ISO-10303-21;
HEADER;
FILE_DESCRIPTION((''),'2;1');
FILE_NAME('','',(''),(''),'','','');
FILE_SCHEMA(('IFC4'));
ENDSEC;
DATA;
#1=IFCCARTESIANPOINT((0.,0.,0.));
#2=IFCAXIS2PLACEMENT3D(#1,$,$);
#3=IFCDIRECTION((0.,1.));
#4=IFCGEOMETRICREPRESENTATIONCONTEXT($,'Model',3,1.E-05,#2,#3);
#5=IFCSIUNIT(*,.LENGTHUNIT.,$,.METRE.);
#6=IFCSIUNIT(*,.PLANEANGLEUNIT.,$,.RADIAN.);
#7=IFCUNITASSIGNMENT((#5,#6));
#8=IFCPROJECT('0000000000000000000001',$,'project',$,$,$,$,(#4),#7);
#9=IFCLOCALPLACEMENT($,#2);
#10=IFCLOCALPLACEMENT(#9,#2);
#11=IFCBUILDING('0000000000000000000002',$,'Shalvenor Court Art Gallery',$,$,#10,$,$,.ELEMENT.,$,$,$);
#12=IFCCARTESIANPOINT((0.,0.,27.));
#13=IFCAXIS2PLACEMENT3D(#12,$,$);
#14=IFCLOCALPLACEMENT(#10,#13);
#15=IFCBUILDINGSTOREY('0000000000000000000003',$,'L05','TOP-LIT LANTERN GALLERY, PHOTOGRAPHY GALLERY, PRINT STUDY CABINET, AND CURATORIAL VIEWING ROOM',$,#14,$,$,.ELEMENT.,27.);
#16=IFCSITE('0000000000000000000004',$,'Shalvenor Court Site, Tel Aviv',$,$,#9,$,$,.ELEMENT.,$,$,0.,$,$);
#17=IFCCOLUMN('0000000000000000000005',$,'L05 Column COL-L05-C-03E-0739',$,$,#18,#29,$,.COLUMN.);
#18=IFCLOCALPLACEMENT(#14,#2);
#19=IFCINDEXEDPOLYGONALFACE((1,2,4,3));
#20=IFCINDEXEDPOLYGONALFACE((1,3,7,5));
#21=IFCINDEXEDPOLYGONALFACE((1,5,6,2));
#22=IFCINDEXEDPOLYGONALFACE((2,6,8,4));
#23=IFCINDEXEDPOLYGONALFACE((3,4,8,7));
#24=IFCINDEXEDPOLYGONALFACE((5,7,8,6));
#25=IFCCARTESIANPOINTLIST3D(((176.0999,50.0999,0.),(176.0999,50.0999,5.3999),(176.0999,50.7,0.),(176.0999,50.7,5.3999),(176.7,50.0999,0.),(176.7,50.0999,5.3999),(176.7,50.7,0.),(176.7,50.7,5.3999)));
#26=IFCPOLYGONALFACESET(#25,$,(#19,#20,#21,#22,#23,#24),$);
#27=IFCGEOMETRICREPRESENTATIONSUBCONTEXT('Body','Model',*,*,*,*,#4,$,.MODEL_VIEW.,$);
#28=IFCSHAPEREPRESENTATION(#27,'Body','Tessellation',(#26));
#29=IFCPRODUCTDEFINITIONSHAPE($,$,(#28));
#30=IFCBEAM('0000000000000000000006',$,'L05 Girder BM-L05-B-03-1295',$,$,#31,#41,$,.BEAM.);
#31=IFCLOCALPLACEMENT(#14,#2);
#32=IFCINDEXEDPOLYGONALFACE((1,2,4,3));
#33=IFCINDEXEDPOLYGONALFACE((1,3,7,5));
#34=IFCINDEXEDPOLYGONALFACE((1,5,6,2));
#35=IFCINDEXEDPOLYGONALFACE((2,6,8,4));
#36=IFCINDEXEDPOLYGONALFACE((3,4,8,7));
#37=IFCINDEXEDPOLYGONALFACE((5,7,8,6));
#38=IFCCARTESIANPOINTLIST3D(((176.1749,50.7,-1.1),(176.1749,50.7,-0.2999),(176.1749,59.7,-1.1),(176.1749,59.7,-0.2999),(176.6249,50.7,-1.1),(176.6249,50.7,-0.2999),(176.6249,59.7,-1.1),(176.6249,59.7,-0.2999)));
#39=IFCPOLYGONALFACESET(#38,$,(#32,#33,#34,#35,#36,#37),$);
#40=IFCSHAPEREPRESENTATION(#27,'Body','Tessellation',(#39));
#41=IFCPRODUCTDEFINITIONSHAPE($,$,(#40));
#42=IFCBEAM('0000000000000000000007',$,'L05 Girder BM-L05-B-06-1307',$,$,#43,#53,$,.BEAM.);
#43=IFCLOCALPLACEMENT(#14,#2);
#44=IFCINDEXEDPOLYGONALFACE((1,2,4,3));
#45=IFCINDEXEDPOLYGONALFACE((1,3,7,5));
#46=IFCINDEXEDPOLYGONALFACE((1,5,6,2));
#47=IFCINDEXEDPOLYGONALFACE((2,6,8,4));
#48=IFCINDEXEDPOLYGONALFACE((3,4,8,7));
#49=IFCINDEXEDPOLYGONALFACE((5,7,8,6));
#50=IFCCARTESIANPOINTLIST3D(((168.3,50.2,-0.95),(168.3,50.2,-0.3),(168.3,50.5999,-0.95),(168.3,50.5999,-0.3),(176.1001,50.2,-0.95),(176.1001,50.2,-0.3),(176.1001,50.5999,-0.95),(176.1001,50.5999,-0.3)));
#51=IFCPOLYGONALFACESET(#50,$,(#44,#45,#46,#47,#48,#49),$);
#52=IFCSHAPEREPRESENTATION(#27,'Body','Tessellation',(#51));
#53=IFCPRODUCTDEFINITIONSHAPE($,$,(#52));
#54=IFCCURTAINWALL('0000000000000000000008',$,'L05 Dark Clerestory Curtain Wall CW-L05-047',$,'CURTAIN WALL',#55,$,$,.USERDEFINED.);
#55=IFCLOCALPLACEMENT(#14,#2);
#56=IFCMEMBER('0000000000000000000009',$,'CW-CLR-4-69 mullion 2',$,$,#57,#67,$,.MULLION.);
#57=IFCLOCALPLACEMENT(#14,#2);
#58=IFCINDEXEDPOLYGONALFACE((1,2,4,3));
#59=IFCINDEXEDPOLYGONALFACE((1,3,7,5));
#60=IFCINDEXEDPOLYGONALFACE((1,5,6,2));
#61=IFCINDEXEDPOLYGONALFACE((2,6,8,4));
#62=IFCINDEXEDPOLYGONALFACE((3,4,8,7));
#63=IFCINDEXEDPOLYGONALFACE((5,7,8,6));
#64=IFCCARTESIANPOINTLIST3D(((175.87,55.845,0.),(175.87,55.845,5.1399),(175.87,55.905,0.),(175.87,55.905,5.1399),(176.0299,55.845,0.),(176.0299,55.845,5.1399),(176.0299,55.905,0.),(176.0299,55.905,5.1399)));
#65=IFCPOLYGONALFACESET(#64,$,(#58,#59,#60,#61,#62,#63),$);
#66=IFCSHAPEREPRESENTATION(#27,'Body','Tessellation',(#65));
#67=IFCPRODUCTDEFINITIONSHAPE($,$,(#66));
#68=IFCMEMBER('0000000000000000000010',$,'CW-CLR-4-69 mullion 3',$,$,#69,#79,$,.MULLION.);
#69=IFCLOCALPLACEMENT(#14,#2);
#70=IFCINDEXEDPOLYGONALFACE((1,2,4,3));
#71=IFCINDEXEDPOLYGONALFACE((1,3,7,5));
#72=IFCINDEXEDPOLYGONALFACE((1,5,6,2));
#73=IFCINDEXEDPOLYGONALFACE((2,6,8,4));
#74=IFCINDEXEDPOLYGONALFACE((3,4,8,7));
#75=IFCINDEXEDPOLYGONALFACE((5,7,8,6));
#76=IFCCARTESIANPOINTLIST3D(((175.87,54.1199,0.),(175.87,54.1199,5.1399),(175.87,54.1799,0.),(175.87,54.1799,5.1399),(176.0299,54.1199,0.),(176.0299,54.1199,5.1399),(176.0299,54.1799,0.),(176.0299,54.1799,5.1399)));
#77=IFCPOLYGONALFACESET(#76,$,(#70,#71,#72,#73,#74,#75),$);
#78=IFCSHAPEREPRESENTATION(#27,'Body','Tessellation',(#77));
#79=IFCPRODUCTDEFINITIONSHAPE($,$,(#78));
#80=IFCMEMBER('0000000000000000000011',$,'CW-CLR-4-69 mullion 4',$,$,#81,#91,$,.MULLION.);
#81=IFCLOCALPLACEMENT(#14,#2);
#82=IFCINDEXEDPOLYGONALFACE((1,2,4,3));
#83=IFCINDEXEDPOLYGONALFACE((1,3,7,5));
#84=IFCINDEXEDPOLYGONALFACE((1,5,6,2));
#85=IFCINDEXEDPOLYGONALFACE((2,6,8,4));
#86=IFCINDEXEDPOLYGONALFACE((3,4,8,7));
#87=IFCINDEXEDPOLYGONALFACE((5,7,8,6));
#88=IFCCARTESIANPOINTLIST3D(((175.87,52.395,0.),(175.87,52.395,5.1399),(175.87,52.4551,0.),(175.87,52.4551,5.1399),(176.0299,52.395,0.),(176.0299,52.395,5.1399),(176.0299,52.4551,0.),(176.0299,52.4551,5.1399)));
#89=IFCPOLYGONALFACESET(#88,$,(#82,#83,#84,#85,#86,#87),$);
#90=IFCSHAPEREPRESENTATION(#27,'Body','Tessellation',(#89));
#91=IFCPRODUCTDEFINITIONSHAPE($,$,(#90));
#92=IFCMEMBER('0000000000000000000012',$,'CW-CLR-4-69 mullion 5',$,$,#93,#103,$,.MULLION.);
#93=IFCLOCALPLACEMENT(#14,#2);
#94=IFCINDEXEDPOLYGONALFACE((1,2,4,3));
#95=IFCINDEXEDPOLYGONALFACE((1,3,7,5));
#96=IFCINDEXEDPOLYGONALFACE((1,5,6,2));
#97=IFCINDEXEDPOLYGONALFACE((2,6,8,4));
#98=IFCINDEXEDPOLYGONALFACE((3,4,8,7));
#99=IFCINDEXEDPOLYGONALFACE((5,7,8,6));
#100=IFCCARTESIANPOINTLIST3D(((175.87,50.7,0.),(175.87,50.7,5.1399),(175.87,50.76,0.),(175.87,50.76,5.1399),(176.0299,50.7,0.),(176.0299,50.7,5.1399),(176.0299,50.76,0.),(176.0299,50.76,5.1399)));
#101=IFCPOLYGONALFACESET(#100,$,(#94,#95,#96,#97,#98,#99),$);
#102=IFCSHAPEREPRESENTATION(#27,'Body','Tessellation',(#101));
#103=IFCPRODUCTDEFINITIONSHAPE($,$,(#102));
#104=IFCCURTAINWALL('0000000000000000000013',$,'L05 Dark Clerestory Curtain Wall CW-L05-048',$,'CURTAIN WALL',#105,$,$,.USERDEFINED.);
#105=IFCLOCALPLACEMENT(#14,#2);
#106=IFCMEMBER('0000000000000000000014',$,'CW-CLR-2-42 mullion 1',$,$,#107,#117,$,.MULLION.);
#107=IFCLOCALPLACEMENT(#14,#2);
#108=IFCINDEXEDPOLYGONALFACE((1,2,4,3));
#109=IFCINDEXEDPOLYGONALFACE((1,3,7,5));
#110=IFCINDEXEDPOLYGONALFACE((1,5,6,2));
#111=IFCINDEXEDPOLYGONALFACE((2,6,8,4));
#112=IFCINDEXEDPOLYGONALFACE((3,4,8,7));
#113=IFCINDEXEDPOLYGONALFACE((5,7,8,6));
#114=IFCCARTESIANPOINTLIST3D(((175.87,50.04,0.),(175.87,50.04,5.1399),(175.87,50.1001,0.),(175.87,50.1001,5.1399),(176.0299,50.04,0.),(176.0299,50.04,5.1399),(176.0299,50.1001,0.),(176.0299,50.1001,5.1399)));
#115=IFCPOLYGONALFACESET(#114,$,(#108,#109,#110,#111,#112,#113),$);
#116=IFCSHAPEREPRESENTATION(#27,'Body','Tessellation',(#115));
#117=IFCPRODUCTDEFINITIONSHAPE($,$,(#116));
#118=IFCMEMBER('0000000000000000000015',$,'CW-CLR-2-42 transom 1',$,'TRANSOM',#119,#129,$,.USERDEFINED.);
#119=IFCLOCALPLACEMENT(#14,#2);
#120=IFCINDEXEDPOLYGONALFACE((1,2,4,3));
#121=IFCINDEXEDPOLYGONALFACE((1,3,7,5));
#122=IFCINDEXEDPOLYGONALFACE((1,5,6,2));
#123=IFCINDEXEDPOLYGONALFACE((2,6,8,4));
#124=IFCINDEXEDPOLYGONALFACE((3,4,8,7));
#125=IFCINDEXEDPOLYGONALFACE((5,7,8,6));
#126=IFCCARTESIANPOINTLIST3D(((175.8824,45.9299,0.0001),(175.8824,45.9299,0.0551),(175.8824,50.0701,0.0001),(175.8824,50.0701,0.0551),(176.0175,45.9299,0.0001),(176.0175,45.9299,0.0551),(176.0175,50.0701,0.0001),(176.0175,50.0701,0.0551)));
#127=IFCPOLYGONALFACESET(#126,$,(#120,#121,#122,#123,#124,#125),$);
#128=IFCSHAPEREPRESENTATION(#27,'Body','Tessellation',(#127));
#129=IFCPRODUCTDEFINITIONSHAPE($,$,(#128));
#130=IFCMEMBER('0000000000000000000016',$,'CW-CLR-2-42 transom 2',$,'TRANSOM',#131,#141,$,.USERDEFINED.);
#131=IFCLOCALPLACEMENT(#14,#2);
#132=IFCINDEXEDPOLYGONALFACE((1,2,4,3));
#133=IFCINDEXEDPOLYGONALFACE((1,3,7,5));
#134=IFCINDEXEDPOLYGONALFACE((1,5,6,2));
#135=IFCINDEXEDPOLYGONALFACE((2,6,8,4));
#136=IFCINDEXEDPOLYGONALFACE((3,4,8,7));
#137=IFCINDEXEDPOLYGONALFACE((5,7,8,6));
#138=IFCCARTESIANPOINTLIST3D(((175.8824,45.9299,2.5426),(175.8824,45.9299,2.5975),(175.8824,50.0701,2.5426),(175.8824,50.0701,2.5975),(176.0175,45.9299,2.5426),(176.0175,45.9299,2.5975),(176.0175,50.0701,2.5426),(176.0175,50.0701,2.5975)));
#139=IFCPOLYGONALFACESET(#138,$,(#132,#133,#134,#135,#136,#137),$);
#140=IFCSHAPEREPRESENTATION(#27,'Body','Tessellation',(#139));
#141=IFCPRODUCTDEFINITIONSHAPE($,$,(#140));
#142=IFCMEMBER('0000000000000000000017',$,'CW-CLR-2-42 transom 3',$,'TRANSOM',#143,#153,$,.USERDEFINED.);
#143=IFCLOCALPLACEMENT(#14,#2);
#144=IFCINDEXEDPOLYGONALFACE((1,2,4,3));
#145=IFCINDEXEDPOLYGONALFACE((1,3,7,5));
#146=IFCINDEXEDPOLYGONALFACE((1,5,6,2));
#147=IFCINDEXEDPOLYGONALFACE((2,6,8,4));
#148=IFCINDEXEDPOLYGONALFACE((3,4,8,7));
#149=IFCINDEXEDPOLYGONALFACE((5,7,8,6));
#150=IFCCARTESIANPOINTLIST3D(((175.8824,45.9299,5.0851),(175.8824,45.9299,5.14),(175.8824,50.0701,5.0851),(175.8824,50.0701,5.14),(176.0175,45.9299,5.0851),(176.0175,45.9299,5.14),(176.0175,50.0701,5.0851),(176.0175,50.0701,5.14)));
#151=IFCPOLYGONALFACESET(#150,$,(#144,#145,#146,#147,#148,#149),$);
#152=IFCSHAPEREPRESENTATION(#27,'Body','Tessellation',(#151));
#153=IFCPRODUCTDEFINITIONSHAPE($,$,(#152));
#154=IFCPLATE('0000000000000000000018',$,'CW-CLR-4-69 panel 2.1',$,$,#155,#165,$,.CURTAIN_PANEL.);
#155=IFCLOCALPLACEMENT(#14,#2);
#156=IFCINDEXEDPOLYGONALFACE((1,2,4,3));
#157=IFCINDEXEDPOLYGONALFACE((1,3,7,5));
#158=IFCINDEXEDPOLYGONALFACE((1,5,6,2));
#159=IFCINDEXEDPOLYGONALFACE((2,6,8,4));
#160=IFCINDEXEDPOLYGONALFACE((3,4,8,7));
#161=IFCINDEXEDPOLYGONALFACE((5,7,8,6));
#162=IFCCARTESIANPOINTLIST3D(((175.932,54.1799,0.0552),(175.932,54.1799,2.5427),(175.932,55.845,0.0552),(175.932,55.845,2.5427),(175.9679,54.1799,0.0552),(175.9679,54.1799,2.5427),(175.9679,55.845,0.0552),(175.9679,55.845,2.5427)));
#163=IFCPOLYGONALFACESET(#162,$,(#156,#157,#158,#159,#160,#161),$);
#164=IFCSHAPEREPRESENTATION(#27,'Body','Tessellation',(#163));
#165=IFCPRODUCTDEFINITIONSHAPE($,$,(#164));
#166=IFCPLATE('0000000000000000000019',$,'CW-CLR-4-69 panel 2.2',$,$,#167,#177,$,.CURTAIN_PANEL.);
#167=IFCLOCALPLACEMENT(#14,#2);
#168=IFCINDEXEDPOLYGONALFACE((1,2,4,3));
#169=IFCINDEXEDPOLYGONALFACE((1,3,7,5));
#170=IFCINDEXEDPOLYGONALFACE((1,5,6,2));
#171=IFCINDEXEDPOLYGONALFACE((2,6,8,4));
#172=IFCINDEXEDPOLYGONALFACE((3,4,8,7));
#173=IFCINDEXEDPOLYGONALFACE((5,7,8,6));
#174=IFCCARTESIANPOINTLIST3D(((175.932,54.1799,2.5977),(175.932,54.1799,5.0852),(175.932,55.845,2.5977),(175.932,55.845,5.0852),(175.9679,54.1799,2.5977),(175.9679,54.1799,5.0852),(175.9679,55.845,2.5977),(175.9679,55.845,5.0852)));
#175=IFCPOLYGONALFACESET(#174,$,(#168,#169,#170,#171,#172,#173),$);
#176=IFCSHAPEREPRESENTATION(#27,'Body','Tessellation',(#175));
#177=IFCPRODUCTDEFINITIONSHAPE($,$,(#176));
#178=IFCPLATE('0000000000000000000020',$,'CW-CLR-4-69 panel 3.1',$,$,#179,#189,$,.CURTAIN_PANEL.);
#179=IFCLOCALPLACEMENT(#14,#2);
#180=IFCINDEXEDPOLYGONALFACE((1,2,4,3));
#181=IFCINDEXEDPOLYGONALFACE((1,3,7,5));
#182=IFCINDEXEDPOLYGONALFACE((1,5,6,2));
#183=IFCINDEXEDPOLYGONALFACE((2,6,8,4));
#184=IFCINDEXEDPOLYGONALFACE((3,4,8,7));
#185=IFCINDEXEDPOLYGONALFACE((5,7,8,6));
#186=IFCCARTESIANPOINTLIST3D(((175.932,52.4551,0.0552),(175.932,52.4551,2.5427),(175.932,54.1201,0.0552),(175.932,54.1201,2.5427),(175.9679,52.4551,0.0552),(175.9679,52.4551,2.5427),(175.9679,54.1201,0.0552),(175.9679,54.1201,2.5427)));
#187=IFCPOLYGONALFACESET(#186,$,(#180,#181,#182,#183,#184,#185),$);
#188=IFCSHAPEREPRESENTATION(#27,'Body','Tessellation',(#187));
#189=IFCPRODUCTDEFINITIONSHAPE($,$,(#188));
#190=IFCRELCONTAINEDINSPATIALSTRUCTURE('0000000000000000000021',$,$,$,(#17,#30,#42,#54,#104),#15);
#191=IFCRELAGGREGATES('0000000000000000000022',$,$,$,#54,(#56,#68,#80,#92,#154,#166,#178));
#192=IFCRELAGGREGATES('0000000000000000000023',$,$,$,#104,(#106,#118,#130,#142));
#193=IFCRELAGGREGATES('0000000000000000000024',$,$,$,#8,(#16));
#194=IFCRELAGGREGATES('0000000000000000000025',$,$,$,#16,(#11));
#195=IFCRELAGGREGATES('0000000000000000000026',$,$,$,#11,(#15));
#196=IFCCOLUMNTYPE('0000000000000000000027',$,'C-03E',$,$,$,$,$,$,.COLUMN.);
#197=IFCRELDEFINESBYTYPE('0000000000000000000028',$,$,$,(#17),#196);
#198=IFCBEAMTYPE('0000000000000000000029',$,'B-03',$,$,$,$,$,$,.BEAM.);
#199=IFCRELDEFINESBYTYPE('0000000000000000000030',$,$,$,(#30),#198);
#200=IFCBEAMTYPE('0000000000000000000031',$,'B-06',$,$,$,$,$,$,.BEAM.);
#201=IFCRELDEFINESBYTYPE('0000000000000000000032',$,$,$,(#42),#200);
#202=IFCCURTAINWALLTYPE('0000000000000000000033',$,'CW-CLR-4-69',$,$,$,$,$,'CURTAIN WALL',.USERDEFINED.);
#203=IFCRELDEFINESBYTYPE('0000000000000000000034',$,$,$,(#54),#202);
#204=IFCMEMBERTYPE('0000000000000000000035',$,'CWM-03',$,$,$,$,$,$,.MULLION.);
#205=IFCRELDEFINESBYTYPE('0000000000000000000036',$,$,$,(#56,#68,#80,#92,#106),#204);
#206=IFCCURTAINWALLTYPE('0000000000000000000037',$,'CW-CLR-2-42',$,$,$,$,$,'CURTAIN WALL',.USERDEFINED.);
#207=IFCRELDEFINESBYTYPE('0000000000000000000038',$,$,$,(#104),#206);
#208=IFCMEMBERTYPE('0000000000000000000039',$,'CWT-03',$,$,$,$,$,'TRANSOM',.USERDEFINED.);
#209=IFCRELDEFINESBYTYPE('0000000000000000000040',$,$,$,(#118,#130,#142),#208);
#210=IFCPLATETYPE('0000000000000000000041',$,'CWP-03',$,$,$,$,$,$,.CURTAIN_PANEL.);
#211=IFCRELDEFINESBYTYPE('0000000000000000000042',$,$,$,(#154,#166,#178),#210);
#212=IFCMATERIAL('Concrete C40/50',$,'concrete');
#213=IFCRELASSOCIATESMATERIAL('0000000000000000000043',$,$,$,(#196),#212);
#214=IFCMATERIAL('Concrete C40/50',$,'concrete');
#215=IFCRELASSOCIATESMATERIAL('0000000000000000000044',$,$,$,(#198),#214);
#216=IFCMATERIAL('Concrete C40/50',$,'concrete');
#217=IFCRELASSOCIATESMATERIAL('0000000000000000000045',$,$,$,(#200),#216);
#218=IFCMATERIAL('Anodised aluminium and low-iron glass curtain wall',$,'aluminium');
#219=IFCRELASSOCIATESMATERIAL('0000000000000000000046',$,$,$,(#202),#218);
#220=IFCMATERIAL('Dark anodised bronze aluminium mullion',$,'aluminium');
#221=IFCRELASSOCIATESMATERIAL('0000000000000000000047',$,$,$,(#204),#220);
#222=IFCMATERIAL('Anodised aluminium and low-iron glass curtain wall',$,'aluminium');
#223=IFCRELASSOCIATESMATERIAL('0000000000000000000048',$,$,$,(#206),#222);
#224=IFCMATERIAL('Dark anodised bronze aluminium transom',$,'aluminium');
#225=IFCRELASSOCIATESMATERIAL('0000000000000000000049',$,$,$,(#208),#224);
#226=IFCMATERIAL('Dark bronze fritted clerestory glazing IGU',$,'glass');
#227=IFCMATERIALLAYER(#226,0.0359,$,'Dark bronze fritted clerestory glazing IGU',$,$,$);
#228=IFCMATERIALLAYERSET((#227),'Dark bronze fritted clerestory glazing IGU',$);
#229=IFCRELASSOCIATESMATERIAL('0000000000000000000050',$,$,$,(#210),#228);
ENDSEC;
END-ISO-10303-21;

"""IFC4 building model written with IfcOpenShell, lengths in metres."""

from ifc_helpers import new_model, si_unit, direction, frame, origin, origin_2d, place, context, subcontext, project, spatial, rectangle, extrude, material, layer, layer_set, material_profile, profile_set, type_object, element, aggregate, save


model = new_model("IFC4")

# Units and contexts
model_context = context("Model", 3, precision=1e-05, world=origin(), true_north=direction((0.0, 1.0)))
body_context = subcontext(model_context, "Body", "Model", "MODEL_VIEW")
ifc_project = project(units=[si_unit("LENGTHUNIT", "METRE"), si_unit("PLANEANGLEUNIT", "RADIAN")], contexts=[model_context])

# Site, building, storey
site_placement = place(None, origin())
site = spatial("IfcSite", under=ifc_project, at=site_placement, Name="Shalvenor Court Site, Tel Aviv", CompositionType="ELEMENT", RefElevation=0.0)
building_placement = place(site_placement, origin())
building = spatial("IfcBuilding", under=site, at=building_placement, Name="Shalvenor Court Art Gallery", CompositionType="ELEMENT")
storey_placement = place(building_placement, frame((0.0, 0.0, 27.0)))
storey = spatial("IfcBuildingStorey", under=building, at=storey_placement, Name="L05", Description="TOP-LIT LANTERN GALLERY, PHOTOGRAPHY GALLERY, PRINT STUDY CABINET, AND CURATORIAL VIEWING ROOM", CompositionType="ELEMENT", Elevation=27.0)

# Column
ifc_material_1 = material(Name="Concrete C40/50", Category="concrete")
ifc_material_profile_1 = material_profile(ifc_material_1, rectangle(XDim=0.6001, YDim=0.6001, at=origin_2d()), Name="RC 600x600")
ifc_profile_set_1 = profile_set([ifc_material_profile_1], Name="Concrete C40/50")
column_type = type_object("IfcColumnType", Name="C-03E", PredefinedType="COLUMN", material=ifc_profile_set_1)
column_placement = place(storey_placement, frame((176.3999, 50.3999, 0.0), z_axis=(0.0, 0.0, 1.0), x_axis=(1.0, 0.0, 0.0)))
element("IfcColumn", 1, at=column_placement, inside=storey, type_object=column_type, Name="L05 Column COL-L05-C-03E-0739", PredefinedType="COLUMN", context=body_context, shape_type="SweptSolid", body=[
    extrude(rectangle(XDim=0.6001, YDim=0.6001, at=origin_2d()), origin(), (0.0, 0.0, 1.0), 5.3999),
])

# Beams
ifc_material_2 = material(Name="Concrete C40/50", Category="concrete")
ifc_material_profile_2 = material_profile(ifc_material_2, rectangle(XDim=0.45, YDim=0.8, at=origin_2d()), Name="RC 450x800")
ifc_profile_set_2 = profile_set([ifc_material_profile_2], Name="Concrete C40/50")
beam_type_1 = type_object("IfcBeamType", Name="B-03", PredefinedType="BEAM", material=ifc_profile_set_2)
beam_1_placement = place(storey_placement, frame((176.3999, 50.7, -0.7), z_axis=(0.0, 1.0, 0.0), x_axis=(-1.0, 0.0, 0.0)))
element("IfcBeam", 2, at=beam_1_placement, inside=storey, type_object=beam_type_1, Name="L05 Girder BM-L05-B-03-1295", PredefinedType="BEAM", context=body_context, shape_type="SweptSolid", body=[
    extrude(rectangle(XDim=0.45, YDim=0.8, at=origin_2d()), origin(), (0.0, 0.0, 1.0), 9.0),
])
ifc_material_3 = material(Name="Concrete C40/50", Category="concrete")
ifc_material_profile_3 = material_profile(ifc_material_3, rectangle(XDim=0.3999, YDim=0.6499, at=origin_2d()), Name="RC 400x650")
ifc_profile_set_3 = profile_set([ifc_material_profile_3], Name="Concrete C40/50")
beam_type_2 = type_object("IfcBeamType", Name="B-06", PredefinedType="BEAM", material=ifc_profile_set_3)
beam_2_placement = place(storey_placement, frame((168.3, 50.3999, -0.625), z_axis=(1.0, 0.0, 0.0), x_axis=(0.0, 1.0, 0.0)))
element("IfcBeam", 3, at=beam_2_placement, inside=storey, type_object=beam_type_2, Name="L05 Girder BM-L05-B-06-1307", PredefinedType="BEAM", context=body_context, shape_type="SweptSolid", body=[
    extrude(rectangle(XDim=0.3999, YDim=0.6499, at=origin_2d()), origin(), (0.0, 0.0, 1.0), 7.8),
])

# Curtain walls, members
ifc_material_4 = material(Name="Anodised aluminium and low-iron glass curtain wall", Category="aluminium")
curtain_wall_type_1 = type_object("IfcCurtainWallType", Name="CW-CLR-4-69", ElementType="CURTAIN WALL", PredefinedType="USERDEFINED", material=ifc_material_4)
curtain_wall_1_placement = place(storey_placement, origin())
curtain_wall_1 = element("IfcCurtainWall", 4, at=curtain_wall_1_placement, inside=storey, type_object=curtain_wall_type_1, Name="L05 Dark Clerestory Curtain Wall CW-L05-047", ObjectType="CURTAIN WALL", PredefinedType="USERDEFINED")
ifc_material_5 = material(Name="Dark anodised bronze aluminium mullion", Category="aluminium")
ifc_material_profile_4 = material_profile(ifc_material_5, rectangle(XDim=0.0601, YDim=0.1599, at=origin_2d()), Name="CWM-03")
ifc_profile_set_4 = profile_set([ifc_material_profile_4], Name="Dark anodised bronze aluminium mullion")
member_type_1 = type_object("IfcMemberType", Name="CWM-03", PredefinedType="MULLION", material=ifc_profile_set_4)
member_1_placement = place(storey_placement, frame((175.95, 55.875, 0.0), z_axis=(0.0, 0.0, 1.0), x_axis=(0.0, -1.0, 0.0)))
member_1 = element("IfcMember", 5, at=member_1_placement, type_object=member_type_1, Name="CW-CLR-4-69 mullion 2", PredefinedType="MULLION", context=body_context, shape_type="SweptSolid", body=[
    extrude(rectangle(XDim=0.0601, YDim=0.1599, at=origin_2d()), origin(), (0.0, 0.0, 1.0), 5.1399),
])
member_2_placement = place(storey_placement, frame((175.95, 54.1499, 0.0), z_axis=(0.0, 0.0, 1.0), x_axis=(0.0, -1.0, 0.0)))
member_2 = element("IfcMember", 6, at=member_2_placement, type_object=member_type_1, Name="CW-CLR-4-69 mullion 3", PredefinedType="MULLION", context=body_context, shape_type="SweptSolid", body=[
    extrude(rectangle(XDim=0.0601, YDim=0.1599, at=origin_2d()), origin(), (0.0, 0.0, 1.0), 5.1399),
])
member_3_placement = place(storey_placement, frame((175.95, 52.425, 0.0), z_axis=(0.0, 0.0, 1.0), x_axis=(0.0, -1.0, 0.0)))
member_3 = element("IfcMember", 7, at=member_3_placement, type_object=member_type_1, Name="CW-CLR-4-69 mullion 4", PredefinedType="MULLION", context=body_context, shape_type="SweptSolid", body=[
    extrude(rectangle(XDim=0.0601, YDim=0.1599, at=origin_2d()), origin(), (0.0, 0.0, 1.0), 5.1399),
])
member_4_placement = place(storey_placement, frame((175.95, 50.73, 0.0), z_axis=(0.0, 0.0, 1.0), x_axis=(0.0, -1.0, 0.0)))
member_4 = element("IfcMember", 8, at=member_4_placement, type_object=member_type_1, Name="CW-CLR-4-69 mullion 5", PredefinedType="MULLION", context=body_context, shape_type="SweptSolid", body=[
    extrude(rectangle(XDim=0.0601, YDim=0.1599, at=origin_2d()), origin(), (0.0, 0.0, 1.0), 5.1399),
])
ifc_material_6 = material(Name="Anodised aluminium and low-iron glass curtain wall", Category="aluminium")
curtain_wall_type_2 = type_object("IfcCurtainWallType", Name="CW-CLR-2-42", ElementType="CURTAIN WALL", PredefinedType="USERDEFINED", material=ifc_material_6)
curtain_wall_2_placement = place(storey_placement, origin())
curtain_wall_2 = element("IfcCurtainWall", 9, at=curtain_wall_2_placement, inside=storey, type_object=curtain_wall_type_2, Name="L05 Dark Clerestory Curtain Wall CW-L05-048", ObjectType="CURTAIN WALL", PredefinedType="USERDEFINED")
member_5_placement = place(storey_placement, frame((175.95, 50.0701, 0.0), z_axis=(0.0, 0.0, 1.0), x_axis=(0.0, -1.0, 0.0)))
member_5 = element("IfcMember", 10, at=member_5_placement, type_object=member_type_1, Name="CW-CLR-2-42 mullion 1", PredefinedType="MULLION", context=body_context, shape_type="SweptSolid", body=[
    extrude(rectangle(XDim=0.0601, YDim=0.1599, at=origin_2d()), origin(), (0.0, 0.0, 1.0), 5.1399),
])
ifc_material_7 = material(Name="Dark anodised bronze aluminium transom", Category="aluminium")
ifc_material_profile_5 = material_profile(ifc_material_7, rectangle(XDim=0.135, YDim=0.0549, at=origin_2d()), Name="CWT-03")
ifc_profile_set_5 = profile_set([ifc_material_profile_5], Name="Dark anodised bronze aluminium transom")
member_type_2 = type_object("IfcMemberType", Name="CWT-03", ElementType="TRANSOM", PredefinedType="USERDEFINED", material=ifc_profile_set_5)
member_6_placement = place(storey_placement, frame((175.95, 50.0701, 0.0276), z_axis=(0.0, -1.0, 0.0), x_axis=(1.0, 0.0, 0.0)))
member_6 = element("IfcMember", 11, at=member_6_placement, type_object=member_type_2, Name="CW-CLR-2-42 transom 1", ObjectType="TRANSOM", PredefinedType="USERDEFINED", context=body_context, shape_type="SweptSolid", body=[
    extrude(rectangle(XDim=0.135, YDim=0.0549, at=origin_2d()), origin(), (0.0, 0.0, 1.0), 4.1401),
])
member_7_placement = place(storey_placement, frame((175.95, 50.0701, 2.5701), z_axis=(0.0, -1.0, 0.0), x_axis=(1.0, 0.0, 0.0)))
member_7 = element("IfcMember", 12, at=member_7_placement, type_object=member_type_2, Name="CW-CLR-2-42 transom 2", ObjectType="TRANSOM", PredefinedType="USERDEFINED", context=body_context, shape_type="SweptSolid", body=[
    extrude(rectangle(XDim=0.135, YDim=0.0549, at=origin_2d()), origin(), (0.0, 0.0, 1.0), 4.1401),
])
member_8_placement = place(storey_placement, frame((175.95, 50.0701, 5.1125), z_axis=(0.0, -1.0, 0.0), x_axis=(1.0, 0.0, 0.0)))
member_8 = element("IfcMember", 13, at=member_8_placement, type_object=member_type_2, Name="CW-CLR-2-42 transom 3", ObjectType="TRANSOM", PredefinedType="USERDEFINED", context=body_context, shape_type="SweptSolid", body=[
    extrude(rectangle(XDim=0.135, YDim=0.0549, at=origin_2d()), origin(), (0.0, 0.0, 1.0), 4.1401),
])

# Plates
ifc_material_8 = material(Name="Dark bronze fritted clerestory glazing IGU", Category="glass")
ifc_layer_1 = layer(ifc_material_8, 0.0359, Name="Dark bronze fritted clerestory glazing IGU")
ifc_layer_set_1 = layer_set([ifc_layer_1], Name="Dark bronze fritted clerestory glazing IGU")
plate_type = type_object("IfcPlateType", Name="CWP-03", PredefinedType="CURTAIN_PANEL", material=ifc_layer_set_1)
plate_1_placement = place(storey_placement, frame((175.95, 55.0125, 0.0552), z_axis=(0.0, 0.0, 1.0), x_axis=(0.0, -1.0, 0.0)))
plate_1 = element("IfcPlate", 14, at=plate_1_placement, type_object=plate_type, Name="CW-CLR-4-69 panel 2.1", PredefinedType="CURTAIN_PANEL", context=body_context, shape_type="SweptSolid", body=[
    extrude(rectangle(XDim=1.665, YDim=0.0359, at=origin_2d()), origin(), (0.0, 0.0, 1.0), 2.4875),
])
plate_2_placement = place(storey_placement, frame((175.95, 55.0125, 2.5977), z_axis=(0.0, 0.0, 1.0), x_axis=(0.0, -1.0, 0.0)))
plate_2 = element("IfcPlate", 15, at=plate_2_placement, type_object=plate_type, Name="CW-CLR-4-69 panel 2.2", PredefinedType="CURTAIN_PANEL", context=body_context, shape_type="SweptSolid", body=[
    extrude(rectangle(XDim=1.665, YDim=0.0359, at=origin_2d()), origin(), (0.0, 0.0, 1.0), 2.4875),
])
plate_3_placement = place(storey_placement, frame((175.95, 53.2876, 0.0552), z_axis=(0.0, 0.0, 1.0), x_axis=(0.0, -1.0, 0.0)))
plate_3 = element("IfcPlate", 16, at=plate_3_placement, type_object=plate_type, Name="CW-CLR-4-69 panel 3.1", PredefinedType="CURTAIN_PANEL", context=body_context, shape_type="SweptSolid", body=[
    extrude(rectangle(XDim=1.665, YDim=0.0359, at=origin_2d()), origin(), (0.0, 0.0, 1.0), 2.4875),
])
aggregate(curtain_wall_1, [member_1, member_2, member_3, member_4, plate_1, plate_2, plate_3])
aggregate(curtain_wall_2, [member_5, member_6, member_7, member_8])

save(model, "model.ifc")
